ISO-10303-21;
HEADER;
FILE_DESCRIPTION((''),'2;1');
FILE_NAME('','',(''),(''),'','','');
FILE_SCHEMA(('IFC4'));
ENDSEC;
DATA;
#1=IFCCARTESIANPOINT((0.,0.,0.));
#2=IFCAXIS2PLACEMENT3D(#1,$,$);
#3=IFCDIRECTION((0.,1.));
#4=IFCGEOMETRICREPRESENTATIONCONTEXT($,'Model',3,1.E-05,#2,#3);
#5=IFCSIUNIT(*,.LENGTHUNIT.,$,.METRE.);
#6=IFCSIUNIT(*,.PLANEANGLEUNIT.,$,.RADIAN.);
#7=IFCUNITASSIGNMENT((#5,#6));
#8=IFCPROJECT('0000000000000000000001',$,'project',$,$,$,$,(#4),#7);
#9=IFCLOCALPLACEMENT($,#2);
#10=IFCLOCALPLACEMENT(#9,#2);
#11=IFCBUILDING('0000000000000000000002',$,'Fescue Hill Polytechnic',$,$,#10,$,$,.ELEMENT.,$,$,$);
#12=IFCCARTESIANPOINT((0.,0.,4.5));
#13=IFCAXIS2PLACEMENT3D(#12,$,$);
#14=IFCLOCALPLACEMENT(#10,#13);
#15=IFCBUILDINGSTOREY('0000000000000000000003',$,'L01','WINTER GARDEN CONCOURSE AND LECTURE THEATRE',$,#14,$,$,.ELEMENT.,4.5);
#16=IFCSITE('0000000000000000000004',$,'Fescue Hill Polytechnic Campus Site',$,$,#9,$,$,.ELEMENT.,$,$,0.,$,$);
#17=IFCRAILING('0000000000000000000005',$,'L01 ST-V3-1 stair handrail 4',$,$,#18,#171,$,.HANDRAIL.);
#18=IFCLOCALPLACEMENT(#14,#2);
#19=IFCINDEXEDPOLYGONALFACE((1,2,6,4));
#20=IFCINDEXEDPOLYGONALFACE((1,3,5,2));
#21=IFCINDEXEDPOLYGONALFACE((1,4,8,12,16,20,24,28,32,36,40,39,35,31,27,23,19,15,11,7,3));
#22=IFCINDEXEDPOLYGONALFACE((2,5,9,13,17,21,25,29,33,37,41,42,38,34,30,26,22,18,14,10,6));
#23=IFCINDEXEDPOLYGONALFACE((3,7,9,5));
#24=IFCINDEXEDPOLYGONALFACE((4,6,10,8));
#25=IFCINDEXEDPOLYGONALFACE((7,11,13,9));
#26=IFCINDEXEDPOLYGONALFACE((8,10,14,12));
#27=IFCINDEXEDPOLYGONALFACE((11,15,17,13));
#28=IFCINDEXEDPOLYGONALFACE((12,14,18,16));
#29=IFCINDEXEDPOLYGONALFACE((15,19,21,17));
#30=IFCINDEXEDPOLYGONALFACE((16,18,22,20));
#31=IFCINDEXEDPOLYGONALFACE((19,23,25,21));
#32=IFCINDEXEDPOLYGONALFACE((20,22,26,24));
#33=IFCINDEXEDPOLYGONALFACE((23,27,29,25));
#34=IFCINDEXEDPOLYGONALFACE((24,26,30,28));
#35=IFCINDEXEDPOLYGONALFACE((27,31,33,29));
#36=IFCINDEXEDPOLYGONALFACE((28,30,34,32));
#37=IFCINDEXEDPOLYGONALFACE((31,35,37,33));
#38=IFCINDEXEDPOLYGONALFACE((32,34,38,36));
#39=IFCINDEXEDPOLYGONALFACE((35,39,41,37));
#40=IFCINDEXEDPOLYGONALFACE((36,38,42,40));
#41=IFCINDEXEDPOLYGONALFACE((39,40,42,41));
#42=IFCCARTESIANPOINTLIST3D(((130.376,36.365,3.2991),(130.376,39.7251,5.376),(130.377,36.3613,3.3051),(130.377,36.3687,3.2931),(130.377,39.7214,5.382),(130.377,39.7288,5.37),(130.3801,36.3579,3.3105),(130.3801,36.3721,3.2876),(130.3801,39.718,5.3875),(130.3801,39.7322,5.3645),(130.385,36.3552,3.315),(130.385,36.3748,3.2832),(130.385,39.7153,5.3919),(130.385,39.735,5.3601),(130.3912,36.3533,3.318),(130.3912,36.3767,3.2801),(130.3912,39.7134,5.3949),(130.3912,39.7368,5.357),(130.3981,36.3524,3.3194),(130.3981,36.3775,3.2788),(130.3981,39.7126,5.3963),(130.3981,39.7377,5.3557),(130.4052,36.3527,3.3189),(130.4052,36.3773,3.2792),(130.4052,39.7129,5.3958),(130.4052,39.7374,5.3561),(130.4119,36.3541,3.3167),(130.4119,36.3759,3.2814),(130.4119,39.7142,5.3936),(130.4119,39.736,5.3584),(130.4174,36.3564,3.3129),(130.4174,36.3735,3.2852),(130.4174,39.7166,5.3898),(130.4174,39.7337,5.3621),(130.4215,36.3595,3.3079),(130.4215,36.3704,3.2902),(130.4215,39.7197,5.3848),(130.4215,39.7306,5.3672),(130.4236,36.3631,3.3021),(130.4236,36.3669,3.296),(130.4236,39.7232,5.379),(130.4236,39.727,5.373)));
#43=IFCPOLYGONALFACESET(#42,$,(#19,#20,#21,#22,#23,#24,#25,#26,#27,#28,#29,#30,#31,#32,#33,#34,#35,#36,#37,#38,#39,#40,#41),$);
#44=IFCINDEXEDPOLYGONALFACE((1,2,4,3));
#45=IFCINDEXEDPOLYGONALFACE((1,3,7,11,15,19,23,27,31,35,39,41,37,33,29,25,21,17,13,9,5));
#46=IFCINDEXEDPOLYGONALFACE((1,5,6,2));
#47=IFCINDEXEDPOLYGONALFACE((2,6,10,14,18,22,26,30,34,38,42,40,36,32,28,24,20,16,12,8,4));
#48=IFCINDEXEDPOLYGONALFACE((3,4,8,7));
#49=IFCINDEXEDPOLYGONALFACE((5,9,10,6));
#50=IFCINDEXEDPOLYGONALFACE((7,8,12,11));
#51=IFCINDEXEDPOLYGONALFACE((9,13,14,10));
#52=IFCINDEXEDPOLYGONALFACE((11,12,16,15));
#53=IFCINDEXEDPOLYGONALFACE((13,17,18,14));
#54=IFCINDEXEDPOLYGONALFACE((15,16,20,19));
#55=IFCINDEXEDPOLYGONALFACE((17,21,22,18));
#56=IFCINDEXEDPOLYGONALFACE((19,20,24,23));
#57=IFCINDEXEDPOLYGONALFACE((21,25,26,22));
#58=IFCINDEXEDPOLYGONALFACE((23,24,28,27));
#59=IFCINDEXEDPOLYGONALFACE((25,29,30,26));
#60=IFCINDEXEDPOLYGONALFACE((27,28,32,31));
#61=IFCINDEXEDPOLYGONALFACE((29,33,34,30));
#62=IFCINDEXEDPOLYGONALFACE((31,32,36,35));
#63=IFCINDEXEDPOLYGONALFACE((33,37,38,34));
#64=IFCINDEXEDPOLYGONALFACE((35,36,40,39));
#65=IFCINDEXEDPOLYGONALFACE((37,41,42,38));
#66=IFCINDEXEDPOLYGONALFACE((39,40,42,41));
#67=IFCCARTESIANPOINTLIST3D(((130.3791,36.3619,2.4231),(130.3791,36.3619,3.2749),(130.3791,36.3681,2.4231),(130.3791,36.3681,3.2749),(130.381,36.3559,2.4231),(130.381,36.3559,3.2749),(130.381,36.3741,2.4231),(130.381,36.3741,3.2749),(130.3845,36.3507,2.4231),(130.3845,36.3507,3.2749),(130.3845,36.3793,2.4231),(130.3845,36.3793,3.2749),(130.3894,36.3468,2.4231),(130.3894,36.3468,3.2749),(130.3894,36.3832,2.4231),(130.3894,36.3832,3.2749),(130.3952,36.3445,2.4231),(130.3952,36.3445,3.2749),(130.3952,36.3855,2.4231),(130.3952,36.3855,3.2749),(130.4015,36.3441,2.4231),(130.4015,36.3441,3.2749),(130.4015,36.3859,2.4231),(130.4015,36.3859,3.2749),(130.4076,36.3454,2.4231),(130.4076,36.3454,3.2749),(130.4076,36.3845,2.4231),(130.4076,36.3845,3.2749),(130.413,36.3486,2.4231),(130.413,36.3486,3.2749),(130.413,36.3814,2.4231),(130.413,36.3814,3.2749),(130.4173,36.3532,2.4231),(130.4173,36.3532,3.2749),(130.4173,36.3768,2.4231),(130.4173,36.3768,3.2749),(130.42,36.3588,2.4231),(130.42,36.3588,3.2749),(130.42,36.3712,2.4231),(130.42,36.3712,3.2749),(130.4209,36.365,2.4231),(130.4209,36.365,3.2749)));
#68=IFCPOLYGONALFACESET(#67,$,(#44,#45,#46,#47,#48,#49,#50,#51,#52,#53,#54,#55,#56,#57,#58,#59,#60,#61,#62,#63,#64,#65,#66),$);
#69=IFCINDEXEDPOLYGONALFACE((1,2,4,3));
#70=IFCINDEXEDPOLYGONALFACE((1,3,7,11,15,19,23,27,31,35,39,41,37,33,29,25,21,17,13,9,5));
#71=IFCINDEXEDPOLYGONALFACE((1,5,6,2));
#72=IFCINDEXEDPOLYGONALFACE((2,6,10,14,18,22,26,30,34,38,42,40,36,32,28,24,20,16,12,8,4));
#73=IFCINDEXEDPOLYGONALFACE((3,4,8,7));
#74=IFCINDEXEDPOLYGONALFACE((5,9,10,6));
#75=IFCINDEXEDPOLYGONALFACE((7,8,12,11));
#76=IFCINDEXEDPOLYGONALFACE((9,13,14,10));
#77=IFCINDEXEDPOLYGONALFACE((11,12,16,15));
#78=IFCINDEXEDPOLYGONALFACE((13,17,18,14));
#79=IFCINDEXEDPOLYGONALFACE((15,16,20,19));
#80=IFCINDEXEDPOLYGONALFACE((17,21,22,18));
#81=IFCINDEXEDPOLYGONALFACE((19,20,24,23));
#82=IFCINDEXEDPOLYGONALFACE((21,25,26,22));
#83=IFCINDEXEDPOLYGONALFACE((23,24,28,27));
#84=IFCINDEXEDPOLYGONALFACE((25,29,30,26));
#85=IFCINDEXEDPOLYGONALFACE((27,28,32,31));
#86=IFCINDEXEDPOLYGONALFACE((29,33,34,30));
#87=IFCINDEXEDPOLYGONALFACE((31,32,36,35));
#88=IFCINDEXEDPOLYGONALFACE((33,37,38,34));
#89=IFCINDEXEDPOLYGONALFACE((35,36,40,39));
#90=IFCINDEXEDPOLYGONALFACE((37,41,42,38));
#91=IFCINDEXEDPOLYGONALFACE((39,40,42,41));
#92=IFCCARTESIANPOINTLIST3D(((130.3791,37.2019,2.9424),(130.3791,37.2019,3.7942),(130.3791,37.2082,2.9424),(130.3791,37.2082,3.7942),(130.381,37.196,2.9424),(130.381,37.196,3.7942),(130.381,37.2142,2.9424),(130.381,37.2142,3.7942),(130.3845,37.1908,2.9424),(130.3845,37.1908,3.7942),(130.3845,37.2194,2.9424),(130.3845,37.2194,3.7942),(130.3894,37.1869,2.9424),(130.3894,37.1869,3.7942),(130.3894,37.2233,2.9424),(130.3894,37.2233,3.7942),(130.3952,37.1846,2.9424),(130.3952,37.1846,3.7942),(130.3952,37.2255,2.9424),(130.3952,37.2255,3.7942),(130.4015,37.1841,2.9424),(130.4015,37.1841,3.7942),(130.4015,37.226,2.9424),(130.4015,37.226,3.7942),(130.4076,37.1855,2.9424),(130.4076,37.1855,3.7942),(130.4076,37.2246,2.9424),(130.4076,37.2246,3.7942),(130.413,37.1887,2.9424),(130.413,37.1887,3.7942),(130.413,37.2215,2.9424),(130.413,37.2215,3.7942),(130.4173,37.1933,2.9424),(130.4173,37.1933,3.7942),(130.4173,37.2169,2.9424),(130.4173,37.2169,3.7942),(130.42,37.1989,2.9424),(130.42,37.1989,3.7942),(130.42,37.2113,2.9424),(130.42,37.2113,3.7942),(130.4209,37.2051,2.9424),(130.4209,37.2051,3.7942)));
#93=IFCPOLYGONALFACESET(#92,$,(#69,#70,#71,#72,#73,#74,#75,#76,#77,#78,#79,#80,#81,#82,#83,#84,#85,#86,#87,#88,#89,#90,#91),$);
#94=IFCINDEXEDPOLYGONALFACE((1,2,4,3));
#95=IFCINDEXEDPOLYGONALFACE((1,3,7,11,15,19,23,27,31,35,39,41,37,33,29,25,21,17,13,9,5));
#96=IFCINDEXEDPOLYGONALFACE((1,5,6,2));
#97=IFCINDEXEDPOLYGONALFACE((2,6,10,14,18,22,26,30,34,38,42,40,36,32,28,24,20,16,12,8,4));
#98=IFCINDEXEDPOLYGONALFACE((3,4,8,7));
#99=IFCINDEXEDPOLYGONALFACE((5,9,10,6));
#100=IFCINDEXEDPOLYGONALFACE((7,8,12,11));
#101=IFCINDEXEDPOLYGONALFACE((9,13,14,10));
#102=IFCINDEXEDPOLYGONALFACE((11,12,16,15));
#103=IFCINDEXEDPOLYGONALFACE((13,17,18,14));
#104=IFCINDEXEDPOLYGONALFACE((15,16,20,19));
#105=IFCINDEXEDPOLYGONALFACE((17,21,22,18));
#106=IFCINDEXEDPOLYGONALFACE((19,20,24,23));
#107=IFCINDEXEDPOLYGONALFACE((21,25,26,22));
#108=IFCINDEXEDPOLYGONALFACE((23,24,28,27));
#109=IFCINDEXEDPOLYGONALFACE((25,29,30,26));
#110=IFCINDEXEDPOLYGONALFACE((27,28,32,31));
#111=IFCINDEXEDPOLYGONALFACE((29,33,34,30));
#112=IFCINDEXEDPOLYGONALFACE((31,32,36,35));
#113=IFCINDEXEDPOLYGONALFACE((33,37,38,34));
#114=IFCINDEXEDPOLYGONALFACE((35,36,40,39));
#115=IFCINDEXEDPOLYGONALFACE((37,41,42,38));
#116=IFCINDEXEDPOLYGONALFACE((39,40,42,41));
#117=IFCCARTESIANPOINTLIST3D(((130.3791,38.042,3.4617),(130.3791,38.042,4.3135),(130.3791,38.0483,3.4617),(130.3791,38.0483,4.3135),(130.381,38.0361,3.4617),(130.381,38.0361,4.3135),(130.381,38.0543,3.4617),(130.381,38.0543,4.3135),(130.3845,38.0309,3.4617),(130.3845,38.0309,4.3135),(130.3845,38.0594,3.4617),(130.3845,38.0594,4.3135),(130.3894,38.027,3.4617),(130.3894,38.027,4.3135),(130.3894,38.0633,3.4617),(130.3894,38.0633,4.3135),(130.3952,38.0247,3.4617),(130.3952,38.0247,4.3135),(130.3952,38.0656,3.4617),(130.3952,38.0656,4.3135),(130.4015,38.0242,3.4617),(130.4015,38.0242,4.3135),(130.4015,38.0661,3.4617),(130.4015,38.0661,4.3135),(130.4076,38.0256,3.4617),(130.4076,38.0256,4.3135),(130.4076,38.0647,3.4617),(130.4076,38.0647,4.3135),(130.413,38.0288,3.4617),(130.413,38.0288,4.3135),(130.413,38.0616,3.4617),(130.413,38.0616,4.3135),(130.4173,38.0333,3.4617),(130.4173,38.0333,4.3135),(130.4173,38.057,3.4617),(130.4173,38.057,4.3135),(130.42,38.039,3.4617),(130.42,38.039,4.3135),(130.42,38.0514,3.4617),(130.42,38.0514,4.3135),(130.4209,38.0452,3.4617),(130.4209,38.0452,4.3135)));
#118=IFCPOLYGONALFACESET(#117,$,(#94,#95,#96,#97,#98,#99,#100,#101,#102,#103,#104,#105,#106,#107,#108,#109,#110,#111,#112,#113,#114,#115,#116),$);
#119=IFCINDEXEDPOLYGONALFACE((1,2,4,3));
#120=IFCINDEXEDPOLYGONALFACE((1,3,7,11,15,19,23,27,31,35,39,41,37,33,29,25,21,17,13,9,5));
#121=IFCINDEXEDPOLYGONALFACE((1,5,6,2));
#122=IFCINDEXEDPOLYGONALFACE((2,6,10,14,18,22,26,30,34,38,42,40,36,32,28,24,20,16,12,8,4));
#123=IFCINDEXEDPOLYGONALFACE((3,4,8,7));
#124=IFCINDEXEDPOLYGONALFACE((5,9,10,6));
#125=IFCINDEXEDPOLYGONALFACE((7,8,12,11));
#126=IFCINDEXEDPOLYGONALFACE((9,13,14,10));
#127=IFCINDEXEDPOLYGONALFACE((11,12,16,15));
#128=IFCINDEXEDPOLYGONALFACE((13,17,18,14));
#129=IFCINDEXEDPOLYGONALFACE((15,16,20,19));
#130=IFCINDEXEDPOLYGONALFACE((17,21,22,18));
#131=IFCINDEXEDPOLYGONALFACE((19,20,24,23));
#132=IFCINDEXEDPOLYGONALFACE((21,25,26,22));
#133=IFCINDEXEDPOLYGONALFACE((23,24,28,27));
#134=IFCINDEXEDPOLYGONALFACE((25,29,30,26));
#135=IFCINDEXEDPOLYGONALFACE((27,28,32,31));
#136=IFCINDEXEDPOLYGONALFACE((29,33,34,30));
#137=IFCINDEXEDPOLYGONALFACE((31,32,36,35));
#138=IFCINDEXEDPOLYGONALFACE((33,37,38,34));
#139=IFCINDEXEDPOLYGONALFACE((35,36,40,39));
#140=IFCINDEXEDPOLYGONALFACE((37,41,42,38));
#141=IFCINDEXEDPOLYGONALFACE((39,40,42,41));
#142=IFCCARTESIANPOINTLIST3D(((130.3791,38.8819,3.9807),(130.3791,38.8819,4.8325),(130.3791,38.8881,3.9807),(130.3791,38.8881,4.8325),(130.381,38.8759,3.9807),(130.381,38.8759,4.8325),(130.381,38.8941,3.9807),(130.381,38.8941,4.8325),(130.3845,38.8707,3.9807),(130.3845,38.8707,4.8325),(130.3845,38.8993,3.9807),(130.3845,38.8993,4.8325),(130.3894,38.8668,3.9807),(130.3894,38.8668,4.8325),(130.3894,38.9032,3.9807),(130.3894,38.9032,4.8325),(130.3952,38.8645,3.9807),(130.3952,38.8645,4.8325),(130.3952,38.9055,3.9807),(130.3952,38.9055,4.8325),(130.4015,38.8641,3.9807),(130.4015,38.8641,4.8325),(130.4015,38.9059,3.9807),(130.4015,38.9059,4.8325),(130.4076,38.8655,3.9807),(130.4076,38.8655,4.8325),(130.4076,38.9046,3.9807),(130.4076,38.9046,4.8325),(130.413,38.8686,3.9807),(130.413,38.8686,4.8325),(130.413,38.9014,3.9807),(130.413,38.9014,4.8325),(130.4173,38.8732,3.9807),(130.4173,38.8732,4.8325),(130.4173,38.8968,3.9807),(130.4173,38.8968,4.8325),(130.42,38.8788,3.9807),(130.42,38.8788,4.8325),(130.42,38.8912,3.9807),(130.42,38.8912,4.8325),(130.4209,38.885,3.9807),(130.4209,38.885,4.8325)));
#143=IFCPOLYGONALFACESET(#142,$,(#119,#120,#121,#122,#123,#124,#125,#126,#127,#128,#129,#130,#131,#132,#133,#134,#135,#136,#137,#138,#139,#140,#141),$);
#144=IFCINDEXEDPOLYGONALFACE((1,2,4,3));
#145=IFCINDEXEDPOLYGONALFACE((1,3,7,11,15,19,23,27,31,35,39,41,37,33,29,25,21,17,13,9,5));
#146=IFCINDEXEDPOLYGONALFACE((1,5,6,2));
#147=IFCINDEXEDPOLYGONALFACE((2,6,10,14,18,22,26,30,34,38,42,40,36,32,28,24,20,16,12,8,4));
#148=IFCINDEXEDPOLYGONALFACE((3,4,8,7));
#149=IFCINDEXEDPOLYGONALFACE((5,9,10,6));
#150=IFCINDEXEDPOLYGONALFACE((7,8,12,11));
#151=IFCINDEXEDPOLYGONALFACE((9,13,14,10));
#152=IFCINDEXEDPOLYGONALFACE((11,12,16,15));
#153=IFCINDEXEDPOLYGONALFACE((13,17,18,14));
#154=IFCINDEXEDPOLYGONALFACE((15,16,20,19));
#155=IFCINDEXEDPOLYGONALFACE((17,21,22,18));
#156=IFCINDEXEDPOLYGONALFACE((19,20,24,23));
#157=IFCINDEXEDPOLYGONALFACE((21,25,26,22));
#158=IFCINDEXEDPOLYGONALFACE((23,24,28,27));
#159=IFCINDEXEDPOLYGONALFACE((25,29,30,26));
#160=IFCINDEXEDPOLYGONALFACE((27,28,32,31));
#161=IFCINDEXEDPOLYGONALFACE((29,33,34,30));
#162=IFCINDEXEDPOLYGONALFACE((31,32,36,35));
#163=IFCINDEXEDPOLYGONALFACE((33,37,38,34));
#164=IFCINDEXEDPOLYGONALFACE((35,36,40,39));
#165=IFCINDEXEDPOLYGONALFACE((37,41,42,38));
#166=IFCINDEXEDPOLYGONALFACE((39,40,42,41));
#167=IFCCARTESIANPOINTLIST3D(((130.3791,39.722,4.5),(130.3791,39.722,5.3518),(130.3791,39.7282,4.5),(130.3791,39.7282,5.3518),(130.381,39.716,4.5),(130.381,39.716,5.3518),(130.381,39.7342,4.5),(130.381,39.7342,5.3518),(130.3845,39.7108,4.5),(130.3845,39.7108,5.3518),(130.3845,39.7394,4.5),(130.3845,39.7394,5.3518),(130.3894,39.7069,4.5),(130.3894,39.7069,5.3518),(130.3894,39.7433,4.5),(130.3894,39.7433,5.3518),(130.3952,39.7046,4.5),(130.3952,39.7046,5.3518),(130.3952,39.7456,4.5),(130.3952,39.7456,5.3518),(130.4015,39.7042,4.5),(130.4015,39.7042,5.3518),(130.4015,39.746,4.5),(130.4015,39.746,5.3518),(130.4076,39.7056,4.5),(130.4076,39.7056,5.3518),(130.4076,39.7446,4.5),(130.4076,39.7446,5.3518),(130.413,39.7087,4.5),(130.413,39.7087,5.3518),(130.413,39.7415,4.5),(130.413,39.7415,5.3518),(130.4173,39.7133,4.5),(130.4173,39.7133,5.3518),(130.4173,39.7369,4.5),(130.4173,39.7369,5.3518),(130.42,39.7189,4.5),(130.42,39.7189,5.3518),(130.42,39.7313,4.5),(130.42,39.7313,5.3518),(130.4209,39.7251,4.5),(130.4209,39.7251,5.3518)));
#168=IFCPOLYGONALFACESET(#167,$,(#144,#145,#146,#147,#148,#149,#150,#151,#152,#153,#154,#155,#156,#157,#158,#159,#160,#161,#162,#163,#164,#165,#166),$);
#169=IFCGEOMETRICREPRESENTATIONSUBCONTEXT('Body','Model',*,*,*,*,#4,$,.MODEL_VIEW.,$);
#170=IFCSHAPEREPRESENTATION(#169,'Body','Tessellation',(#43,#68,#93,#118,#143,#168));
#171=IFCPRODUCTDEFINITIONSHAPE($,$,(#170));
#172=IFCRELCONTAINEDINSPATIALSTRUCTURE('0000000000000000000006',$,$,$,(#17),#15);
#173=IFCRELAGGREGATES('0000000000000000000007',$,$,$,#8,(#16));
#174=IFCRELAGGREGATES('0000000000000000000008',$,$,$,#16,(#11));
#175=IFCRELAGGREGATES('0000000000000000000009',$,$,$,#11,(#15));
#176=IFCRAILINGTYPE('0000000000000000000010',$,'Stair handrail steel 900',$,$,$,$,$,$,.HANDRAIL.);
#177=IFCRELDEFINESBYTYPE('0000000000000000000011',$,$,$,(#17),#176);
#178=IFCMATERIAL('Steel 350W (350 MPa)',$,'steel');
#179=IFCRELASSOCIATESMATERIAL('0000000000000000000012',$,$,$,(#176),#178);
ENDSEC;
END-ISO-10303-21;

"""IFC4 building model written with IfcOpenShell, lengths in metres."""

from ifc_helpers import new_model, si_unit, direction, frame, origin, origin_2d, place, context, subcontext, project, spatial, circle, extrude, material, type_object, element, save


model = new_model("IFC4")

# Units and contexts
model_context = context("Model", 3, precision=1e-05, world=origin(), true_north=direction((0.0, 1.0)))
body_context = subcontext(model_context, "Body", "Model", "MODEL_VIEW")
ifc_project = project(units=[si_unit("LENGTHUNIT", "METRE"), si_unit("PLANEANGLEUNIT", "RADIAN")], contexts=[model_context])

# Site, building, storey
site_placement = place(None, origin())
site = spatial("IfcSite", under=ifc_project, at=site_placement, Name="Fescue Hill Polytechnic Campus Site", CompositionType="ELEMENT", RefElevation=0.0)
building_placement = place(site_placement, origin())
building = spatial("IfcBuilding", under=site, at=building_placement, Name="Fescue Hill Polytechnic", CompositionType="ELEMENT")
storey_placement = place(building_placement, frame((0.0, 0.0, 4.5)))
storey = spatial("IfcBuildingStorey", under=building, at=storey_placement, Name="L01", Description="WINTER GARDEN CONCOURSE AND LECTURE THEATRE", CompositionType="ELEMENT", Elevation=4.5)

# Railing
ifc_material_1 = material(Name="Steel 350W (350 MPa)", Category="steel")
railing_type = type_object("IfcRailingType", Name="Stair handrail steel 900", PredefinedType="HANDRAIL", material=ifc_material_1)
for number, where, name in (
    (1, (130.3999, 36.365, 2.4231), "L01 ST-V3-1 stair handrail 4"),
):
    element("IfcRailing", number, at=place(storey_placement, frame(where)), inside=storey, type_object=railing_type, Name=name, PredefinedType="HANDRAIL", context=body_context, shape_type="SweptSolid", body=[
        extrude(circle(Radius=0.0239, at=origin_2d()), frame((0.0, 0.0, 0.876), z_axis=(0.0, 0.850623, 0.525776), x_axis=(-1.0, 0.0, 0.0)), (0.0, 0.0, 1.0), 3.9502),
        extrude(circle(Radius=0.021, at=origin_2d()), origin(), (0.0, 0.0, 1.0), 0.8518),
        extrude(circle(Radius=0.021, at=origin_2d()), frame((0.0, 0.8401, 0.5193)), (0.0, 0.0, 1.0), 0.8518),
        extrude(circle(Radius=0.021, at=origin_2d()), frame((0.0, 1.6802, 1.0386)), (0.0, 0.0, 1.0), 0.8518),
        extrude(circle(Radius=0.021, at=origin_2d()), frame((0.0, 2.52, 1.5576)), (0.0, 0.0, 1.0), 0.8518),
        extrude(circle(Radius=0.021, at=origin_2d()), frame((0.0, 3.3601, 2.0769)), (0.0, 0.0, 1.0), 0.8518),
    ])

save(model, "model.ifc")
